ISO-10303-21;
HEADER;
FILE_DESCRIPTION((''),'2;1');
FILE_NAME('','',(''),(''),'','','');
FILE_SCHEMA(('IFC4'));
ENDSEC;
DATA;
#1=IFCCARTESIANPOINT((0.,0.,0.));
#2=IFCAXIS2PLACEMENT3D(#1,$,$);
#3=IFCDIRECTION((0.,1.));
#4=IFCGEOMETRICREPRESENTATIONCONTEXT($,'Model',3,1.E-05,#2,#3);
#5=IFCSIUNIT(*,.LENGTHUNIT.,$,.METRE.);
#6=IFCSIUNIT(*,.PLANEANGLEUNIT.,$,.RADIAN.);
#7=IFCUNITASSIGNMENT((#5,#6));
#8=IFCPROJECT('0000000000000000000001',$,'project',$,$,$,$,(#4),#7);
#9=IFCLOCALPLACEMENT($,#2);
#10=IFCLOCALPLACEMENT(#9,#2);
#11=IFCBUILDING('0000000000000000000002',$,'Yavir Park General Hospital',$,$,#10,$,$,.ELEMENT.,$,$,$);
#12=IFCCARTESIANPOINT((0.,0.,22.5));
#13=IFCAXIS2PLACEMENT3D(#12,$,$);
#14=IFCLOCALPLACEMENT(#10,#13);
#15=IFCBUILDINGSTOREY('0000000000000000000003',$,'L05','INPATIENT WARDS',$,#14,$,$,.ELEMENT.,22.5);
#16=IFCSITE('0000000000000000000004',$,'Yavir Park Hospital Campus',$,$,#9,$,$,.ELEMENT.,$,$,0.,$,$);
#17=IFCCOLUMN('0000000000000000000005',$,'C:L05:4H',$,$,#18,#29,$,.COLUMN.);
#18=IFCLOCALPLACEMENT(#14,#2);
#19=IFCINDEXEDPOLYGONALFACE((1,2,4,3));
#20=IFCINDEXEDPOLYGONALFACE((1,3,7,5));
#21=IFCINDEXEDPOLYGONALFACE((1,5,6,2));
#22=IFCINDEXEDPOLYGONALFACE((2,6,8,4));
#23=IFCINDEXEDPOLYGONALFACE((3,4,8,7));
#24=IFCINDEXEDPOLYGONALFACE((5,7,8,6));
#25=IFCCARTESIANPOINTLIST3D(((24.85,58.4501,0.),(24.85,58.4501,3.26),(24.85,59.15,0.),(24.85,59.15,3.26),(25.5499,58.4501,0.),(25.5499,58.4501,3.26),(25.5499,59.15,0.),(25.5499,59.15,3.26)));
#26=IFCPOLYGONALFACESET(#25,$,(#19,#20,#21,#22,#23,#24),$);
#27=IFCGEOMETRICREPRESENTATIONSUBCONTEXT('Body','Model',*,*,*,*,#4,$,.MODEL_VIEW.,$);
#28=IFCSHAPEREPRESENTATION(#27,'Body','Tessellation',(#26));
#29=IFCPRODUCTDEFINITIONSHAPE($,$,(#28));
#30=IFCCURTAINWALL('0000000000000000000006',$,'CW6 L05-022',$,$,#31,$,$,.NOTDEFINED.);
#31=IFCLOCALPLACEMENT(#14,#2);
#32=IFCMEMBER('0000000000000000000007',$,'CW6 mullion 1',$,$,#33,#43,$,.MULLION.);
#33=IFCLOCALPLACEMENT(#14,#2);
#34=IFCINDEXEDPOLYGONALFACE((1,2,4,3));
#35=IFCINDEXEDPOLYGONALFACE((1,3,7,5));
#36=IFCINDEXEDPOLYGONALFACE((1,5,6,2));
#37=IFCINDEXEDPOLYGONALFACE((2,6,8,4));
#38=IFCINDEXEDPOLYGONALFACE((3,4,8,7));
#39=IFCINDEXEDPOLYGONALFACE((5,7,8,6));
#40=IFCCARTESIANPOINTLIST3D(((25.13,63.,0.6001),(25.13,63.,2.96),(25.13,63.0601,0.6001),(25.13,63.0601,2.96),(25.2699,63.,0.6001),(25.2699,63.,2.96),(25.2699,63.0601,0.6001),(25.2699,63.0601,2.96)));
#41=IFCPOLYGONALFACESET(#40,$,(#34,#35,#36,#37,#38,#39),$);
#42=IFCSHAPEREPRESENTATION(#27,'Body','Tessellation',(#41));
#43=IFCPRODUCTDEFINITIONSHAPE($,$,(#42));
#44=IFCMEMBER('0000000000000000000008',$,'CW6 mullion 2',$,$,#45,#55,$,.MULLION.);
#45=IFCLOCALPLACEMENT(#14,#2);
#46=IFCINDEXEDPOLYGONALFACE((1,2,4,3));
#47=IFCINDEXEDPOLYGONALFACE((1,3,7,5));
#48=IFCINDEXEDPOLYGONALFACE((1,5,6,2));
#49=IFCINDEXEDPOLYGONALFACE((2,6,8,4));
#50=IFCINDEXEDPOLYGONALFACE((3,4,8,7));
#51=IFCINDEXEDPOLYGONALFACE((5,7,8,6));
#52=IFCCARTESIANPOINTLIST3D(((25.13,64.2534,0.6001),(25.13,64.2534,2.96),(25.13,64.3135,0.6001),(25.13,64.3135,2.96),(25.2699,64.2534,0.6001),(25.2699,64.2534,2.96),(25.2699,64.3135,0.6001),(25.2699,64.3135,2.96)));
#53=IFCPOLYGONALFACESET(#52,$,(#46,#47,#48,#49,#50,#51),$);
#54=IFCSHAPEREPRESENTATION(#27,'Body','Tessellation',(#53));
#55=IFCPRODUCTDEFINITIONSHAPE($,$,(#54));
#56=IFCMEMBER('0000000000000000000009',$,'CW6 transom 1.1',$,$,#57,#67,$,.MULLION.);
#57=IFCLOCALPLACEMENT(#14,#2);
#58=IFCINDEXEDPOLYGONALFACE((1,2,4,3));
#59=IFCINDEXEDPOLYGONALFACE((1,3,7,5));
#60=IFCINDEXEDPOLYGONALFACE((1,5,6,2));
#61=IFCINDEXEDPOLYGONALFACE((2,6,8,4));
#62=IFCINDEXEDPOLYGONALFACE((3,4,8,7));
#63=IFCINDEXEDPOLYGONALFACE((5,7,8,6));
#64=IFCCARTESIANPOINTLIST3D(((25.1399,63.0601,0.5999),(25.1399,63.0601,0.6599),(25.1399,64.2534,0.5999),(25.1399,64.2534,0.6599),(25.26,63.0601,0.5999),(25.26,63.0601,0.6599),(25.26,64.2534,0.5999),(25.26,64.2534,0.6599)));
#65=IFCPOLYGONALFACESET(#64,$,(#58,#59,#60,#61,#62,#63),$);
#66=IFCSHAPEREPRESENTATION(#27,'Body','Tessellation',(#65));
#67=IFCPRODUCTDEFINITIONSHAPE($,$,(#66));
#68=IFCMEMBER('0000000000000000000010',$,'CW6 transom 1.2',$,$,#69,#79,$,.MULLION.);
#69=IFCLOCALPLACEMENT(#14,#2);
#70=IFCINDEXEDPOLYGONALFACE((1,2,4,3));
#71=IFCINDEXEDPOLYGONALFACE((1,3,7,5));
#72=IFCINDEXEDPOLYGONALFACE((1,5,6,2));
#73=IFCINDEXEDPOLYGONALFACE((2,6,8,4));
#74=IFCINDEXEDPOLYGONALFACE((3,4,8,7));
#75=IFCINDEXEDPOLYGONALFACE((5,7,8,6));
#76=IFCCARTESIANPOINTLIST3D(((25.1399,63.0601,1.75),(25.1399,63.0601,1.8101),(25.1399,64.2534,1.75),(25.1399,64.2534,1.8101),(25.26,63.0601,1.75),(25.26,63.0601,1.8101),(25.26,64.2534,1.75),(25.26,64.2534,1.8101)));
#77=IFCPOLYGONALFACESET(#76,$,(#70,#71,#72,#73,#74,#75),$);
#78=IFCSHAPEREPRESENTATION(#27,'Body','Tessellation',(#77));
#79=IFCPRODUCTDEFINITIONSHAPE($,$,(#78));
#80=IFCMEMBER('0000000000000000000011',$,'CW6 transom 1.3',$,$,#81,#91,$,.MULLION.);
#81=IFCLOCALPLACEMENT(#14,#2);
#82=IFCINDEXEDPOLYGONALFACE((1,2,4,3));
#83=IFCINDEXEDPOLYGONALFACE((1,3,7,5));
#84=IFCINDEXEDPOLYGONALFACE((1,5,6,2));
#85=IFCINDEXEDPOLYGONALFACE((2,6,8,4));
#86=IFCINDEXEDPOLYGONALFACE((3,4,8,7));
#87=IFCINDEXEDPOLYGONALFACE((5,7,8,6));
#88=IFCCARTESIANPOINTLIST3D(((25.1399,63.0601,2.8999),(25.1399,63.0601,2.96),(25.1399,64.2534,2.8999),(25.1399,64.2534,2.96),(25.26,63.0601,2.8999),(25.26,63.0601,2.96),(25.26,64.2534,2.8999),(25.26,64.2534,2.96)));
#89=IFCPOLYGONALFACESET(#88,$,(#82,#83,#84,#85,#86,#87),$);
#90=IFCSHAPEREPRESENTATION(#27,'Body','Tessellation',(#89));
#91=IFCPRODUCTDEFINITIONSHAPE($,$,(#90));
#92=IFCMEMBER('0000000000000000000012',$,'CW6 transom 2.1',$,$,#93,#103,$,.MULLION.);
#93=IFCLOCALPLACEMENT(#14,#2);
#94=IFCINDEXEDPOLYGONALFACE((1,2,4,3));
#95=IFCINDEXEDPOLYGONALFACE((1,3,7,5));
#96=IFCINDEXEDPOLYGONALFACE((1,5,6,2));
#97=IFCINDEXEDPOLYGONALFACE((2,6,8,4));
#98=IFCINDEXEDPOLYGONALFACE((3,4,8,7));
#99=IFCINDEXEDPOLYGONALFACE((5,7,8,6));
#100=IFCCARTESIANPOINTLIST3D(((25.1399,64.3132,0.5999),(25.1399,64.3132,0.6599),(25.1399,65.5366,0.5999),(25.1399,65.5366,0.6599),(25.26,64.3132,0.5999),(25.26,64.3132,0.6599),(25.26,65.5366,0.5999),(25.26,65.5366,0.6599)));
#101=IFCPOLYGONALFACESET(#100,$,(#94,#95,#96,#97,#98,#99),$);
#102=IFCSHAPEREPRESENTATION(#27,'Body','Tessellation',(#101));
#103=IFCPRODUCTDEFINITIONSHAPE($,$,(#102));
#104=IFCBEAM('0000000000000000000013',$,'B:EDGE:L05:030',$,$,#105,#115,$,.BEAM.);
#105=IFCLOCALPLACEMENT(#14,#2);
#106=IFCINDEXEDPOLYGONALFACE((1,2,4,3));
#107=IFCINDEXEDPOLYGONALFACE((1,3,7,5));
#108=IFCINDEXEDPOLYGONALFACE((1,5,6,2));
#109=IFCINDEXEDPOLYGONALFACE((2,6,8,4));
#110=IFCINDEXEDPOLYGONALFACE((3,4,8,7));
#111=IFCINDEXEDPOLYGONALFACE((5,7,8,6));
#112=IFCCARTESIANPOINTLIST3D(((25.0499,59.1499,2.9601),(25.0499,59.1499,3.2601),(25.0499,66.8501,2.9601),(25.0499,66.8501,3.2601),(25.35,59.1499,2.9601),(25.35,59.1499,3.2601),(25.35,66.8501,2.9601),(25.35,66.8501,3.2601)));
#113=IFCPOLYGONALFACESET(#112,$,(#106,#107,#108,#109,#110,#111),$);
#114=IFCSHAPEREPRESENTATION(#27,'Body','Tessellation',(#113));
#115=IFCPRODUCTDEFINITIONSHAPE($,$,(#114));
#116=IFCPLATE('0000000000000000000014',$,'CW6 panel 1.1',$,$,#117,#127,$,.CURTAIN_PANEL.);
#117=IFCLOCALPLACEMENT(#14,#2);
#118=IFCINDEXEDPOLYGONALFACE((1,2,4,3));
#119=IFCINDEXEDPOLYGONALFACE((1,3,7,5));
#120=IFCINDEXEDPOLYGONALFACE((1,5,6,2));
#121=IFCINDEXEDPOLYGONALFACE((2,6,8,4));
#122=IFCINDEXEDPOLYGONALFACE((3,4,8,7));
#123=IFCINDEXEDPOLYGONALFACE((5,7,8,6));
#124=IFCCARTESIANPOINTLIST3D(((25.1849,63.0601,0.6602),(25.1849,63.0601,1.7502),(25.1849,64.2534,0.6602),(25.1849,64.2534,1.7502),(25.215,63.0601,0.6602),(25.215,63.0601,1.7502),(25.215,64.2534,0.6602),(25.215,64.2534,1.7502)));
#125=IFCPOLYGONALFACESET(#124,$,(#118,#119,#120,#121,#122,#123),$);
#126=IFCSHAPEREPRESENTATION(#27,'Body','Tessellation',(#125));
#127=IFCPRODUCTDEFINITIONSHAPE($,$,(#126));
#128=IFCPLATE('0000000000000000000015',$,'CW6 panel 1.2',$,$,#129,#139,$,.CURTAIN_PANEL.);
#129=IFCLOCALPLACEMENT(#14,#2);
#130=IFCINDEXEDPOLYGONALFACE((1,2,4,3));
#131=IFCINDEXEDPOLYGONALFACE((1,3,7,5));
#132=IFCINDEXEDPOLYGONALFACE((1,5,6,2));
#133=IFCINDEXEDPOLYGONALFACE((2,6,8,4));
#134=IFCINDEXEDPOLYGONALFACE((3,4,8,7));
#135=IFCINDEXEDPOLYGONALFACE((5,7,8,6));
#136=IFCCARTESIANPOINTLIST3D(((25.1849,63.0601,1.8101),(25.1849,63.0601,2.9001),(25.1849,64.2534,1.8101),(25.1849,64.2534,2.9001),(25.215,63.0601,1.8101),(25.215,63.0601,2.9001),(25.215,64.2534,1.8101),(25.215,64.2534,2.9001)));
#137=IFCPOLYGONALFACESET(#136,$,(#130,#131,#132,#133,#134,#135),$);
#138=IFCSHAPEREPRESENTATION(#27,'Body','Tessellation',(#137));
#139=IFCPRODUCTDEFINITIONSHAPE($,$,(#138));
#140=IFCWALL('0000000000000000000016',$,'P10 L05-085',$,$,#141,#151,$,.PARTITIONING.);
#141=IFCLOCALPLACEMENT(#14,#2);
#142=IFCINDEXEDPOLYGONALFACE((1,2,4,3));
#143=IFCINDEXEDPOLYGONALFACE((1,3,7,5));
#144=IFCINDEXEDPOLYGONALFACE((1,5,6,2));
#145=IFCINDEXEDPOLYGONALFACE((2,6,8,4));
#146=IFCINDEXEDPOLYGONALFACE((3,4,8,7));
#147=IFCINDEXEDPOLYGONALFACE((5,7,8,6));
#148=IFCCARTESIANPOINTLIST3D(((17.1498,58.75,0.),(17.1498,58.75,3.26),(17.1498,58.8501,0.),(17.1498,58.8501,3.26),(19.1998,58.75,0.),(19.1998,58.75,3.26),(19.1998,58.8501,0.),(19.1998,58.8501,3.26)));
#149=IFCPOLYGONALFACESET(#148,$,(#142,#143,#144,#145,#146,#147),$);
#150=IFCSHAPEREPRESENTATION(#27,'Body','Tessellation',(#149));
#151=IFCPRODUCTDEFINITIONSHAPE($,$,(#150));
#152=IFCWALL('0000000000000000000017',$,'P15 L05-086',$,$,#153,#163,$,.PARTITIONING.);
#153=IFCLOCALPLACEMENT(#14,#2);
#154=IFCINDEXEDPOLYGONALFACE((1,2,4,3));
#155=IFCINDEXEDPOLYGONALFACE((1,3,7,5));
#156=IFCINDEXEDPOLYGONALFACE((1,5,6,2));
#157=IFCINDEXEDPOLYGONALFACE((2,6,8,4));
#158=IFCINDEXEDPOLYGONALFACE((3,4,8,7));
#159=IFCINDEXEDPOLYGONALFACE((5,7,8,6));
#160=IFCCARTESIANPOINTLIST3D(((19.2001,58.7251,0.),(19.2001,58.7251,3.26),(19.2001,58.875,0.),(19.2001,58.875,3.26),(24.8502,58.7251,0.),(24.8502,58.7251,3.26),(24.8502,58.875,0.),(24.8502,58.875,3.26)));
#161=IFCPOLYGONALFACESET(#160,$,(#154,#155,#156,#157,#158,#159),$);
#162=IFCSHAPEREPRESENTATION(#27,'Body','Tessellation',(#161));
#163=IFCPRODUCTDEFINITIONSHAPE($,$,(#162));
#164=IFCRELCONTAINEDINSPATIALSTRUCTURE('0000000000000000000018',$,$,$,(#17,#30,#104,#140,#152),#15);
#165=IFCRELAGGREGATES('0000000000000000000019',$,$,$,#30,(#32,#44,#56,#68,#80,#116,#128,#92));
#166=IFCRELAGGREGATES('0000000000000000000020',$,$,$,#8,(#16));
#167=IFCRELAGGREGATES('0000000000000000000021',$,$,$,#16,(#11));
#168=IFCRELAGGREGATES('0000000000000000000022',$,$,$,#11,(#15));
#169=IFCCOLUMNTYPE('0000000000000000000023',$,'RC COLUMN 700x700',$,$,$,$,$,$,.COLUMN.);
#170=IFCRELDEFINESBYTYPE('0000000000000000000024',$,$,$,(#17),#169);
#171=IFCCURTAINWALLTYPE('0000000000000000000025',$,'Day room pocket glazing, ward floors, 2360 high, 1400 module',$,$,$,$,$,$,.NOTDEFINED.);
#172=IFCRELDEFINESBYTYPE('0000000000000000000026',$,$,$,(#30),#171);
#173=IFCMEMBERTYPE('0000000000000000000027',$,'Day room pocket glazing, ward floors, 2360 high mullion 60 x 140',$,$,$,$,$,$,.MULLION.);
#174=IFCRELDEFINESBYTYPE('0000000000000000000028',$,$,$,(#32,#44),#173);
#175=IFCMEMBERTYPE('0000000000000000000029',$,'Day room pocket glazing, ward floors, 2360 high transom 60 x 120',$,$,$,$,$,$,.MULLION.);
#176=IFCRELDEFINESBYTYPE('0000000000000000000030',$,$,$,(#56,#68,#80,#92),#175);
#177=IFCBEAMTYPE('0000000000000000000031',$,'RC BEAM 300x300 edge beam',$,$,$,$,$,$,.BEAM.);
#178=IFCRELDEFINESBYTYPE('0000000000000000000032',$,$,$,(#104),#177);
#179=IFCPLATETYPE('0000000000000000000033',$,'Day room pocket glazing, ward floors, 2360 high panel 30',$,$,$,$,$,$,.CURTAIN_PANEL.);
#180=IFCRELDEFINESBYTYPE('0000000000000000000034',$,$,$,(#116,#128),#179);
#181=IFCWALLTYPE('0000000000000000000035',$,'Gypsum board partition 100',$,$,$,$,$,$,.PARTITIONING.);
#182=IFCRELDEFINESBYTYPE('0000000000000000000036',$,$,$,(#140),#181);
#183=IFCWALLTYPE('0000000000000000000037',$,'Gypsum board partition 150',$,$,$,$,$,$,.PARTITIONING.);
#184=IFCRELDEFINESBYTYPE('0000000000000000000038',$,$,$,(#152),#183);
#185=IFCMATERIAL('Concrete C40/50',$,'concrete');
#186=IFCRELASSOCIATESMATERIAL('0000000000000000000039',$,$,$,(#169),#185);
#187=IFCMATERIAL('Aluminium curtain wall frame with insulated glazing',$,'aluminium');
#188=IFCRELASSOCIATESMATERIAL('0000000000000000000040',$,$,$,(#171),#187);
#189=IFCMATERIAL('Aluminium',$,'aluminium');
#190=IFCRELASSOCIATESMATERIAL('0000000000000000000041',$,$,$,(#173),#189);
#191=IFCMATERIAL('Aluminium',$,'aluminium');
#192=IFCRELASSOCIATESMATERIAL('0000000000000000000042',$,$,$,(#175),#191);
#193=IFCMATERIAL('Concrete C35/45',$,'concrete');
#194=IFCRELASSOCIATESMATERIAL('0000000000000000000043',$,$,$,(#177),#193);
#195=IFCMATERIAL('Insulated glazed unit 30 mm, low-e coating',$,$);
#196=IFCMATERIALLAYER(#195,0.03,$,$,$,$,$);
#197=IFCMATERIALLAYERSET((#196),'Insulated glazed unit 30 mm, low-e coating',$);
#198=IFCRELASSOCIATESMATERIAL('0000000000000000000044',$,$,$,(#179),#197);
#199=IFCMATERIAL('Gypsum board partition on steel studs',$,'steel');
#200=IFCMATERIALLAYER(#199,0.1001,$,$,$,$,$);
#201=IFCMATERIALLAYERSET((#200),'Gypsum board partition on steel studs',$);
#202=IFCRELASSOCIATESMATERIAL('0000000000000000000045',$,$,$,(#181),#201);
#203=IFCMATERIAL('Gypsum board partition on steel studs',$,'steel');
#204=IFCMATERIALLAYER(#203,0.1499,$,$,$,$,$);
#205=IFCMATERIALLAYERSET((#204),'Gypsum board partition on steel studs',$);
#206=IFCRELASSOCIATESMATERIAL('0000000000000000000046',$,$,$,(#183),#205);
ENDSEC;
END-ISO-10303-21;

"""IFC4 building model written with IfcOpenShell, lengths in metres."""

from ifc_helpers import new_model, si_unit, direction, frame, frame_2d, origin, origin_2d, place, context, subcontext, project, spatial, rectangle, extrude, material, layer, layer_set, material_profile, profile_set, type_object, element, aggregate, save


model = new_model("IFC4")

# Units and contexts
model_context = context("Model", 3, precision=1e-05, world=origin(), true_north=direction((0.0, 1.0)))
body_context = subcontext(model_context, "Body", "Model", "MODEL_VIEW")
ifc_project = project(units=[si_unit("LENGTHUNIT", "METRE"), si_unit("PLANEANGLEUNIT", "RADIAN")], contexts=[model_context])

# Site, building, storey
site_placement = place(None, origin())
site = spatial("IfcSite", under=ifc_project, at=site_placement, Name="Yavir Park Hospital Campus", CompositionType="ELEMENT", RefElevation=0.0)
building_placement = place(site_placement, origin())
building = spatial("IfcBuilding", under=site, at=building_placement, Name="Yavir Park General Hospital", CompositionType="ELEMENT")
storey_placement = place(building_placement, frame((0.0, 0.0, 22.5)))
storey = spatial("IfcBuildingStorey", under=building, at=storey_placement, Name="L05", Description="INPATIENT WARDS", CompositionType="ELEMENT", Elevation=22.5)

# Column
ifc_material_1 = material(Name="Concrete C40/50", Category="concrete")
ifc_material_profile_1 = material_profile(ifc_material_1, rectangle(XDim=0.7, YDim=0.7, at=origin_2d()), Name="RC700x700")
ifc_profile_set_1 = profile_set([ifc_material_profile_1], Name="Concrete C40/50")
column_type = type_object("IfcColumnType", Name="RC COLUMN 700x700", PredefinedType="COLUMN", material=ifc_profile_set_1)
column_placement = place(storey_placement, frame((25.2, 58.8, 0.0), z_axis=(0.0, 0.0, 1.0), x_axis=(1.0, 0.0, 0.0)))
element("IfcColumn", 1, at=column_placement, inside=storey, type_object=column_type, Name="C:L05:4H", PredefinedType="COLUMN", context=body_context, shape_type="SweptSolid", body=[
    extrude(rectangle(XDim=0.7, YDim=0.7, at=origin_2d()), origin(), (0.0, 0.0, 1.0), 3.26),
])

# Curtain wall, members
ifc_material_2 = material(Name="Aluminium curtain wall frame with insulated glazing", Category="aluminium")
curtain_wall_type = type_object("IfcCurtainWallType", Name="Day room pocket glazing, ward floors, 2360 high, 1400 module", PredefinedType="NOTDEFINED", material=ifc_material_2)
curtain_wall_placement = place(storey_placement, origin())
curtain_wall = element("IfcCurtainWall", 2, at=curtain_wall_placement, inside=storey, type_object=curtain_wall_type, Name="CW6 L05-022", PredefinedType="NOTDEFINED")
ifc_material_3 = material(Name="Aluminium", Category="aluminium")
ifc_material_profile_2 = material_profile(ifc_material_3, rectangle(XDim=0.1399, YDim=0.0601, at=origin_2d()), Name="AL 60x140")
ifc_profile_set_2 = profile_set([ifc_material_profile_2], Name="Aluminium")
member_type_1 = type_object("IfcMemberType", Name="Day room pocket glazing, ward floors, 2360 high mullion 60 x 140", PredefinedType="MULLION", material=ifc_profile_set_2)
member_1_placement = place(storey_placement, frame((25.2, 63.03, 0.6001), z_axis=(0.0, 0.0, 1.0), x_axis=(-1.0, 0.0, 0.0)))
member_1 = element("IfcMember", 3, at=member_1_placement, type_object=member_type_1, Name="CW6 mullion 1", PredefinedType="MULLION", context=body_context, shape_type="SweptSolid", body=[
    extrude(rectangle(XDim=0.1399, YDim=0.0601, at=origin_2d()), origin(), (0.0, 0.0, 1.0), 2.3599),
])
member_2_placement = place(storey_placement, frame((25.2, 64.2834, 0.6001), z_axis=(0.0, 0.0, 1.0), x_axis=(-1.0, 0.0, 0.0)))
member_2 = element("IfcMember", 4, at=member_2_placement, type_object=member_type_1, Name="CW6 mullion 2", PredefinedType="MULLION", context=body_context, shape_type="SweptSolid", body=[
    extrude(rectangle(XDim=0.1399, YDim=0.0601, at=origin_2d()), origin(), (0.0, 0.0, 1.0), 2.3599),
])
ifc_material_4 = material(Name="Aluminium", Category="aluminium")
ifc_material_profile_3 = material_profile(ifc_material_4, rectangle(XDim=0.1201, YDim=0.0601, at=origin_2d()), Name="AL 120x60")
ifc_profile_set_3 = profile_set([ifc_material_profile_3], Name="Aluminium")
member_type_2 = type_object("IfcMemberType", Name="Day room pocket glazing, ward floors, 2360 high transom 60 x 120", PredefinedType="MULLION", material=ifc_profile_set_3)
member_3_placement = place(storey_placement, frame((25.2, 63.0601, 0.6299), z_axis=(0.0, 1.0, 0.0), x_axis=(-1.0, 0.0, 0.0)))
member_3 = element("IfcMember", 5, at=member_3_placement, type_object=member_type_2, Name="CW6 transom 1.1", PredefinedType="MULLION", context=body_context, shape_type="SweptSolid", body=[
    extrude(rectangle(XDim=0.1201, YDim=0.0601, at=origin_2d()), origin(), (0.0, 0.0, 1.0), 1.1934),
])
member_4_placement = place(storey_placement, frame((25.2, 63.0601, 1.78), z_axis=(0.0, 1.0, 0.0), x_axis=(-1.0, 0.0, 0.0)))
member_4 = element("IfcMember", 6, at=member_4_placement, type_object=member_type_2, Name="CW6 transom 1.2", PredefinedType="MULLION", context=body_context, shape_type="SweptSolid", body=[
    extrude(rectangle(XDim=0.1201, YDim=0.0601, at=origin_2d()), origin(), (0.0, 0.0, 1.0), 1.1934),
])
member_5_placement = place(storey_placement, frame((25.2, 63.0601, 2.9299), z_axis=(0.0, 1.0, 0.0), x_axis=(-1.0, 0.0, 0.0)))
member_5 = element("IfcMember", 7, at=member_5_placement, type_object=member_type_2, Name="CW6 transom 1.3", PredefinedType="MULLION", context=body_context, shape_type="SweptSolid", body=[
    extrude(rectangle(XDim=0.1201, YDim=0.0601, at=origin_2d()), origin(), (0.0, 0.0, 1.0), 1.1934),
])
member_6_placement = place(storey_placement, frame((25.2, 64.3132, 0.6299), z_axis=(0.0, 1.0, 0.0), x_axis=(-1.0, 0.0, 0.0)))
member_6 = element("IfcMember", 8, at=member_6_placement, type_object=member_type_2, Name="CW6 transom 2.1", PredefinedType="MULLION", context=body_context, shape_type="SweptSolid", body=[
    extrude(rectangle(XDim=0.1201, YDim=0.0601, at=origin_2d()), origin(), (0.0, 0.0, 1.0), 1.2234),
])

# Beam
ifc_material_5 = material(Name="Concrete C35/45", Category="concrete")
ifc_material_profile_4 = material_profile(ifc_material_5, rectangle(XDim=0.3, YDim=0.3, at=origin_2d()), Name="RC300x300")
ifc_profile_set_4 = profile_set([ifc_material_profile_4], Name="Concrete C35/45")
beam_type = type_object("IfcBeamType", Name="RC BEAM 300x300 edge beam", PredefinedType="BEAM", material=ifc_profile_set_4)
beam_placement = place(storey_placement, frame((25.2, 59.1499, 3.1101), z_axis=(0.0, 1.0, 0.0), x_axis=(-1.0, 0.0, 0.0)))
element("IfcBeam", 9, at=beam_placement, inside=storey, type_object=beam_type, Name="B:EDGE:L05:030", PredefinedType="BEAM", context=body_context, shape_type="SweptSolid", body=[
    extrude(rectangle(XDim=0.3, YDim=0.3, at=origin_2d()), origin(), (0.0, 0.0, 1.0), 7.7002),
])

# Plates
ifc_material_6 = material(Name="Insulated glazed unit 30 mm, low-e coating")
ifc_layer_1 = layer(ifc_material_6, 0.03)
ifc_layer_set_1 = layer_set([ifc_layer_1], Name="Insulated glazed unit 30 mm, low-e coating")
plate_type = type_object("IfcPlateType", Name="Day room pocket glazing, ward floors, 2360 high panel 30", PredefinedType="CURTAIN_PANEL", material=ifc_layer_set_1)
plate_1_placement = place(storey_placement, frame((25.2, 63.6567, 0.6602), z_axis=(0.0, 0.0, 1.0), x_axis=(0.0, 1.0, 0.0)))
plate_1 = element("IfcPlate", 10, at=plate_1_placement, type_object=plate_type, Name="CW6 panel 1.1", PredefinedType="CURTAIN_PANEL", context=body_context, shape_type="SweptSolid", body=[
    extrude(rectangle(XDim=1.1934, YDim=0.03, at=origin_2d()), origin(), (0.0, 0.0, 1.0), 1.0901),
])
plate_2_placement = place(storey_placement, frame((25.2, 63.6567, 1.8101), z_axis=(0.0, 0.0, 1.0), x_axis=(0.0, 1.0, 0.0)))
plate_2 = element("IfcPlate", 11, at=plate_2_placement, type_object=plate_type, Name="CW6 panel 1.2", PredefinedType="CURTAIN_PANEL", context=body_context, shape_type="SweptSolid", body=[
    extrude(rectangle(XDim=1.1934, YDim=0.03, at=origin_2d()), origin(), (0.0, 0.0, 1.0), 1.0901),
])
aggregate(curtain_wall, [member_1, member_2, member_3, member_4, member_5, plate_1, plate_2, member_6])

# Walls
ifc_material_7 = material(Name="Gypsum board partition on steel studs", Category="steel")
ifc_layer_2 = layer(ifc_material_7, 0.1001)
ifc_layer_set_2 = layer_set([ifc_layer_2], Name="Gypsum board partition on steel studs")
wall_type_1 = type_object("IfcWallType", Name="Gypsum board partition 100", PredefinedType="PARTITIONING", material=ifc_layer_set_2)
wall_1_placement = place(storey_placement, frame((17.1499, 58.8, 0.0), z_axis=(0.0, 0.0, 1.0), x_axis=(1.0, 0.0, 0.0)))
element("IfcWall", 12, at=wall_1_placement, inside=storey, type_object=wall_type_1, Name="P10 L05-085", PredefinedType="PARTITIONING", context=body_context, shape_type="SweptSolid", body=[
    extrude(rectangle(XDim=2.05, YDim=0.1001, at=frame_2d((1.0249, 0.0))), origin(), (0.0, 0.0, 1.0), 3.26),
])
ifc_material_8 = material(Name="Gypsum board partition on steel studs", Category="steel")
ifc_layer_3 = layer(ifc_material_8, 0.1499)
ifc_layer_set_3 = layer_set([ifc_layer_3], Name="Gypsum board partition on steel studs")
wall_type_2 = type_object("IfcWallType", Name="Gypsum board partition 150", PredefinedType="PARTITIONING", material=ifc_layer_set_3)
wall_2_placement = place(storey_placement, frame((19.2, 58.8, 0.0), z_axis=(0.0, 0.0, 1.0), x_axis=(1.0, 0.0, 0.0)))
element("IfcWall", 13, at=wall_2_placement, inside=storey, type_object=wall_type_2, Name="P15 L05-086", PredefinedType="PARTITIONING", context=body_context, shape_type="SweptSolid", body=[
    extrude(rectangle(XDim=5.6501, YDim=0.1499, at=frame_2d((2.8252, 0.0))), origin(), (0.0, 0.0, 1.0), 3.26),
])

save(model, "model.ifc")
